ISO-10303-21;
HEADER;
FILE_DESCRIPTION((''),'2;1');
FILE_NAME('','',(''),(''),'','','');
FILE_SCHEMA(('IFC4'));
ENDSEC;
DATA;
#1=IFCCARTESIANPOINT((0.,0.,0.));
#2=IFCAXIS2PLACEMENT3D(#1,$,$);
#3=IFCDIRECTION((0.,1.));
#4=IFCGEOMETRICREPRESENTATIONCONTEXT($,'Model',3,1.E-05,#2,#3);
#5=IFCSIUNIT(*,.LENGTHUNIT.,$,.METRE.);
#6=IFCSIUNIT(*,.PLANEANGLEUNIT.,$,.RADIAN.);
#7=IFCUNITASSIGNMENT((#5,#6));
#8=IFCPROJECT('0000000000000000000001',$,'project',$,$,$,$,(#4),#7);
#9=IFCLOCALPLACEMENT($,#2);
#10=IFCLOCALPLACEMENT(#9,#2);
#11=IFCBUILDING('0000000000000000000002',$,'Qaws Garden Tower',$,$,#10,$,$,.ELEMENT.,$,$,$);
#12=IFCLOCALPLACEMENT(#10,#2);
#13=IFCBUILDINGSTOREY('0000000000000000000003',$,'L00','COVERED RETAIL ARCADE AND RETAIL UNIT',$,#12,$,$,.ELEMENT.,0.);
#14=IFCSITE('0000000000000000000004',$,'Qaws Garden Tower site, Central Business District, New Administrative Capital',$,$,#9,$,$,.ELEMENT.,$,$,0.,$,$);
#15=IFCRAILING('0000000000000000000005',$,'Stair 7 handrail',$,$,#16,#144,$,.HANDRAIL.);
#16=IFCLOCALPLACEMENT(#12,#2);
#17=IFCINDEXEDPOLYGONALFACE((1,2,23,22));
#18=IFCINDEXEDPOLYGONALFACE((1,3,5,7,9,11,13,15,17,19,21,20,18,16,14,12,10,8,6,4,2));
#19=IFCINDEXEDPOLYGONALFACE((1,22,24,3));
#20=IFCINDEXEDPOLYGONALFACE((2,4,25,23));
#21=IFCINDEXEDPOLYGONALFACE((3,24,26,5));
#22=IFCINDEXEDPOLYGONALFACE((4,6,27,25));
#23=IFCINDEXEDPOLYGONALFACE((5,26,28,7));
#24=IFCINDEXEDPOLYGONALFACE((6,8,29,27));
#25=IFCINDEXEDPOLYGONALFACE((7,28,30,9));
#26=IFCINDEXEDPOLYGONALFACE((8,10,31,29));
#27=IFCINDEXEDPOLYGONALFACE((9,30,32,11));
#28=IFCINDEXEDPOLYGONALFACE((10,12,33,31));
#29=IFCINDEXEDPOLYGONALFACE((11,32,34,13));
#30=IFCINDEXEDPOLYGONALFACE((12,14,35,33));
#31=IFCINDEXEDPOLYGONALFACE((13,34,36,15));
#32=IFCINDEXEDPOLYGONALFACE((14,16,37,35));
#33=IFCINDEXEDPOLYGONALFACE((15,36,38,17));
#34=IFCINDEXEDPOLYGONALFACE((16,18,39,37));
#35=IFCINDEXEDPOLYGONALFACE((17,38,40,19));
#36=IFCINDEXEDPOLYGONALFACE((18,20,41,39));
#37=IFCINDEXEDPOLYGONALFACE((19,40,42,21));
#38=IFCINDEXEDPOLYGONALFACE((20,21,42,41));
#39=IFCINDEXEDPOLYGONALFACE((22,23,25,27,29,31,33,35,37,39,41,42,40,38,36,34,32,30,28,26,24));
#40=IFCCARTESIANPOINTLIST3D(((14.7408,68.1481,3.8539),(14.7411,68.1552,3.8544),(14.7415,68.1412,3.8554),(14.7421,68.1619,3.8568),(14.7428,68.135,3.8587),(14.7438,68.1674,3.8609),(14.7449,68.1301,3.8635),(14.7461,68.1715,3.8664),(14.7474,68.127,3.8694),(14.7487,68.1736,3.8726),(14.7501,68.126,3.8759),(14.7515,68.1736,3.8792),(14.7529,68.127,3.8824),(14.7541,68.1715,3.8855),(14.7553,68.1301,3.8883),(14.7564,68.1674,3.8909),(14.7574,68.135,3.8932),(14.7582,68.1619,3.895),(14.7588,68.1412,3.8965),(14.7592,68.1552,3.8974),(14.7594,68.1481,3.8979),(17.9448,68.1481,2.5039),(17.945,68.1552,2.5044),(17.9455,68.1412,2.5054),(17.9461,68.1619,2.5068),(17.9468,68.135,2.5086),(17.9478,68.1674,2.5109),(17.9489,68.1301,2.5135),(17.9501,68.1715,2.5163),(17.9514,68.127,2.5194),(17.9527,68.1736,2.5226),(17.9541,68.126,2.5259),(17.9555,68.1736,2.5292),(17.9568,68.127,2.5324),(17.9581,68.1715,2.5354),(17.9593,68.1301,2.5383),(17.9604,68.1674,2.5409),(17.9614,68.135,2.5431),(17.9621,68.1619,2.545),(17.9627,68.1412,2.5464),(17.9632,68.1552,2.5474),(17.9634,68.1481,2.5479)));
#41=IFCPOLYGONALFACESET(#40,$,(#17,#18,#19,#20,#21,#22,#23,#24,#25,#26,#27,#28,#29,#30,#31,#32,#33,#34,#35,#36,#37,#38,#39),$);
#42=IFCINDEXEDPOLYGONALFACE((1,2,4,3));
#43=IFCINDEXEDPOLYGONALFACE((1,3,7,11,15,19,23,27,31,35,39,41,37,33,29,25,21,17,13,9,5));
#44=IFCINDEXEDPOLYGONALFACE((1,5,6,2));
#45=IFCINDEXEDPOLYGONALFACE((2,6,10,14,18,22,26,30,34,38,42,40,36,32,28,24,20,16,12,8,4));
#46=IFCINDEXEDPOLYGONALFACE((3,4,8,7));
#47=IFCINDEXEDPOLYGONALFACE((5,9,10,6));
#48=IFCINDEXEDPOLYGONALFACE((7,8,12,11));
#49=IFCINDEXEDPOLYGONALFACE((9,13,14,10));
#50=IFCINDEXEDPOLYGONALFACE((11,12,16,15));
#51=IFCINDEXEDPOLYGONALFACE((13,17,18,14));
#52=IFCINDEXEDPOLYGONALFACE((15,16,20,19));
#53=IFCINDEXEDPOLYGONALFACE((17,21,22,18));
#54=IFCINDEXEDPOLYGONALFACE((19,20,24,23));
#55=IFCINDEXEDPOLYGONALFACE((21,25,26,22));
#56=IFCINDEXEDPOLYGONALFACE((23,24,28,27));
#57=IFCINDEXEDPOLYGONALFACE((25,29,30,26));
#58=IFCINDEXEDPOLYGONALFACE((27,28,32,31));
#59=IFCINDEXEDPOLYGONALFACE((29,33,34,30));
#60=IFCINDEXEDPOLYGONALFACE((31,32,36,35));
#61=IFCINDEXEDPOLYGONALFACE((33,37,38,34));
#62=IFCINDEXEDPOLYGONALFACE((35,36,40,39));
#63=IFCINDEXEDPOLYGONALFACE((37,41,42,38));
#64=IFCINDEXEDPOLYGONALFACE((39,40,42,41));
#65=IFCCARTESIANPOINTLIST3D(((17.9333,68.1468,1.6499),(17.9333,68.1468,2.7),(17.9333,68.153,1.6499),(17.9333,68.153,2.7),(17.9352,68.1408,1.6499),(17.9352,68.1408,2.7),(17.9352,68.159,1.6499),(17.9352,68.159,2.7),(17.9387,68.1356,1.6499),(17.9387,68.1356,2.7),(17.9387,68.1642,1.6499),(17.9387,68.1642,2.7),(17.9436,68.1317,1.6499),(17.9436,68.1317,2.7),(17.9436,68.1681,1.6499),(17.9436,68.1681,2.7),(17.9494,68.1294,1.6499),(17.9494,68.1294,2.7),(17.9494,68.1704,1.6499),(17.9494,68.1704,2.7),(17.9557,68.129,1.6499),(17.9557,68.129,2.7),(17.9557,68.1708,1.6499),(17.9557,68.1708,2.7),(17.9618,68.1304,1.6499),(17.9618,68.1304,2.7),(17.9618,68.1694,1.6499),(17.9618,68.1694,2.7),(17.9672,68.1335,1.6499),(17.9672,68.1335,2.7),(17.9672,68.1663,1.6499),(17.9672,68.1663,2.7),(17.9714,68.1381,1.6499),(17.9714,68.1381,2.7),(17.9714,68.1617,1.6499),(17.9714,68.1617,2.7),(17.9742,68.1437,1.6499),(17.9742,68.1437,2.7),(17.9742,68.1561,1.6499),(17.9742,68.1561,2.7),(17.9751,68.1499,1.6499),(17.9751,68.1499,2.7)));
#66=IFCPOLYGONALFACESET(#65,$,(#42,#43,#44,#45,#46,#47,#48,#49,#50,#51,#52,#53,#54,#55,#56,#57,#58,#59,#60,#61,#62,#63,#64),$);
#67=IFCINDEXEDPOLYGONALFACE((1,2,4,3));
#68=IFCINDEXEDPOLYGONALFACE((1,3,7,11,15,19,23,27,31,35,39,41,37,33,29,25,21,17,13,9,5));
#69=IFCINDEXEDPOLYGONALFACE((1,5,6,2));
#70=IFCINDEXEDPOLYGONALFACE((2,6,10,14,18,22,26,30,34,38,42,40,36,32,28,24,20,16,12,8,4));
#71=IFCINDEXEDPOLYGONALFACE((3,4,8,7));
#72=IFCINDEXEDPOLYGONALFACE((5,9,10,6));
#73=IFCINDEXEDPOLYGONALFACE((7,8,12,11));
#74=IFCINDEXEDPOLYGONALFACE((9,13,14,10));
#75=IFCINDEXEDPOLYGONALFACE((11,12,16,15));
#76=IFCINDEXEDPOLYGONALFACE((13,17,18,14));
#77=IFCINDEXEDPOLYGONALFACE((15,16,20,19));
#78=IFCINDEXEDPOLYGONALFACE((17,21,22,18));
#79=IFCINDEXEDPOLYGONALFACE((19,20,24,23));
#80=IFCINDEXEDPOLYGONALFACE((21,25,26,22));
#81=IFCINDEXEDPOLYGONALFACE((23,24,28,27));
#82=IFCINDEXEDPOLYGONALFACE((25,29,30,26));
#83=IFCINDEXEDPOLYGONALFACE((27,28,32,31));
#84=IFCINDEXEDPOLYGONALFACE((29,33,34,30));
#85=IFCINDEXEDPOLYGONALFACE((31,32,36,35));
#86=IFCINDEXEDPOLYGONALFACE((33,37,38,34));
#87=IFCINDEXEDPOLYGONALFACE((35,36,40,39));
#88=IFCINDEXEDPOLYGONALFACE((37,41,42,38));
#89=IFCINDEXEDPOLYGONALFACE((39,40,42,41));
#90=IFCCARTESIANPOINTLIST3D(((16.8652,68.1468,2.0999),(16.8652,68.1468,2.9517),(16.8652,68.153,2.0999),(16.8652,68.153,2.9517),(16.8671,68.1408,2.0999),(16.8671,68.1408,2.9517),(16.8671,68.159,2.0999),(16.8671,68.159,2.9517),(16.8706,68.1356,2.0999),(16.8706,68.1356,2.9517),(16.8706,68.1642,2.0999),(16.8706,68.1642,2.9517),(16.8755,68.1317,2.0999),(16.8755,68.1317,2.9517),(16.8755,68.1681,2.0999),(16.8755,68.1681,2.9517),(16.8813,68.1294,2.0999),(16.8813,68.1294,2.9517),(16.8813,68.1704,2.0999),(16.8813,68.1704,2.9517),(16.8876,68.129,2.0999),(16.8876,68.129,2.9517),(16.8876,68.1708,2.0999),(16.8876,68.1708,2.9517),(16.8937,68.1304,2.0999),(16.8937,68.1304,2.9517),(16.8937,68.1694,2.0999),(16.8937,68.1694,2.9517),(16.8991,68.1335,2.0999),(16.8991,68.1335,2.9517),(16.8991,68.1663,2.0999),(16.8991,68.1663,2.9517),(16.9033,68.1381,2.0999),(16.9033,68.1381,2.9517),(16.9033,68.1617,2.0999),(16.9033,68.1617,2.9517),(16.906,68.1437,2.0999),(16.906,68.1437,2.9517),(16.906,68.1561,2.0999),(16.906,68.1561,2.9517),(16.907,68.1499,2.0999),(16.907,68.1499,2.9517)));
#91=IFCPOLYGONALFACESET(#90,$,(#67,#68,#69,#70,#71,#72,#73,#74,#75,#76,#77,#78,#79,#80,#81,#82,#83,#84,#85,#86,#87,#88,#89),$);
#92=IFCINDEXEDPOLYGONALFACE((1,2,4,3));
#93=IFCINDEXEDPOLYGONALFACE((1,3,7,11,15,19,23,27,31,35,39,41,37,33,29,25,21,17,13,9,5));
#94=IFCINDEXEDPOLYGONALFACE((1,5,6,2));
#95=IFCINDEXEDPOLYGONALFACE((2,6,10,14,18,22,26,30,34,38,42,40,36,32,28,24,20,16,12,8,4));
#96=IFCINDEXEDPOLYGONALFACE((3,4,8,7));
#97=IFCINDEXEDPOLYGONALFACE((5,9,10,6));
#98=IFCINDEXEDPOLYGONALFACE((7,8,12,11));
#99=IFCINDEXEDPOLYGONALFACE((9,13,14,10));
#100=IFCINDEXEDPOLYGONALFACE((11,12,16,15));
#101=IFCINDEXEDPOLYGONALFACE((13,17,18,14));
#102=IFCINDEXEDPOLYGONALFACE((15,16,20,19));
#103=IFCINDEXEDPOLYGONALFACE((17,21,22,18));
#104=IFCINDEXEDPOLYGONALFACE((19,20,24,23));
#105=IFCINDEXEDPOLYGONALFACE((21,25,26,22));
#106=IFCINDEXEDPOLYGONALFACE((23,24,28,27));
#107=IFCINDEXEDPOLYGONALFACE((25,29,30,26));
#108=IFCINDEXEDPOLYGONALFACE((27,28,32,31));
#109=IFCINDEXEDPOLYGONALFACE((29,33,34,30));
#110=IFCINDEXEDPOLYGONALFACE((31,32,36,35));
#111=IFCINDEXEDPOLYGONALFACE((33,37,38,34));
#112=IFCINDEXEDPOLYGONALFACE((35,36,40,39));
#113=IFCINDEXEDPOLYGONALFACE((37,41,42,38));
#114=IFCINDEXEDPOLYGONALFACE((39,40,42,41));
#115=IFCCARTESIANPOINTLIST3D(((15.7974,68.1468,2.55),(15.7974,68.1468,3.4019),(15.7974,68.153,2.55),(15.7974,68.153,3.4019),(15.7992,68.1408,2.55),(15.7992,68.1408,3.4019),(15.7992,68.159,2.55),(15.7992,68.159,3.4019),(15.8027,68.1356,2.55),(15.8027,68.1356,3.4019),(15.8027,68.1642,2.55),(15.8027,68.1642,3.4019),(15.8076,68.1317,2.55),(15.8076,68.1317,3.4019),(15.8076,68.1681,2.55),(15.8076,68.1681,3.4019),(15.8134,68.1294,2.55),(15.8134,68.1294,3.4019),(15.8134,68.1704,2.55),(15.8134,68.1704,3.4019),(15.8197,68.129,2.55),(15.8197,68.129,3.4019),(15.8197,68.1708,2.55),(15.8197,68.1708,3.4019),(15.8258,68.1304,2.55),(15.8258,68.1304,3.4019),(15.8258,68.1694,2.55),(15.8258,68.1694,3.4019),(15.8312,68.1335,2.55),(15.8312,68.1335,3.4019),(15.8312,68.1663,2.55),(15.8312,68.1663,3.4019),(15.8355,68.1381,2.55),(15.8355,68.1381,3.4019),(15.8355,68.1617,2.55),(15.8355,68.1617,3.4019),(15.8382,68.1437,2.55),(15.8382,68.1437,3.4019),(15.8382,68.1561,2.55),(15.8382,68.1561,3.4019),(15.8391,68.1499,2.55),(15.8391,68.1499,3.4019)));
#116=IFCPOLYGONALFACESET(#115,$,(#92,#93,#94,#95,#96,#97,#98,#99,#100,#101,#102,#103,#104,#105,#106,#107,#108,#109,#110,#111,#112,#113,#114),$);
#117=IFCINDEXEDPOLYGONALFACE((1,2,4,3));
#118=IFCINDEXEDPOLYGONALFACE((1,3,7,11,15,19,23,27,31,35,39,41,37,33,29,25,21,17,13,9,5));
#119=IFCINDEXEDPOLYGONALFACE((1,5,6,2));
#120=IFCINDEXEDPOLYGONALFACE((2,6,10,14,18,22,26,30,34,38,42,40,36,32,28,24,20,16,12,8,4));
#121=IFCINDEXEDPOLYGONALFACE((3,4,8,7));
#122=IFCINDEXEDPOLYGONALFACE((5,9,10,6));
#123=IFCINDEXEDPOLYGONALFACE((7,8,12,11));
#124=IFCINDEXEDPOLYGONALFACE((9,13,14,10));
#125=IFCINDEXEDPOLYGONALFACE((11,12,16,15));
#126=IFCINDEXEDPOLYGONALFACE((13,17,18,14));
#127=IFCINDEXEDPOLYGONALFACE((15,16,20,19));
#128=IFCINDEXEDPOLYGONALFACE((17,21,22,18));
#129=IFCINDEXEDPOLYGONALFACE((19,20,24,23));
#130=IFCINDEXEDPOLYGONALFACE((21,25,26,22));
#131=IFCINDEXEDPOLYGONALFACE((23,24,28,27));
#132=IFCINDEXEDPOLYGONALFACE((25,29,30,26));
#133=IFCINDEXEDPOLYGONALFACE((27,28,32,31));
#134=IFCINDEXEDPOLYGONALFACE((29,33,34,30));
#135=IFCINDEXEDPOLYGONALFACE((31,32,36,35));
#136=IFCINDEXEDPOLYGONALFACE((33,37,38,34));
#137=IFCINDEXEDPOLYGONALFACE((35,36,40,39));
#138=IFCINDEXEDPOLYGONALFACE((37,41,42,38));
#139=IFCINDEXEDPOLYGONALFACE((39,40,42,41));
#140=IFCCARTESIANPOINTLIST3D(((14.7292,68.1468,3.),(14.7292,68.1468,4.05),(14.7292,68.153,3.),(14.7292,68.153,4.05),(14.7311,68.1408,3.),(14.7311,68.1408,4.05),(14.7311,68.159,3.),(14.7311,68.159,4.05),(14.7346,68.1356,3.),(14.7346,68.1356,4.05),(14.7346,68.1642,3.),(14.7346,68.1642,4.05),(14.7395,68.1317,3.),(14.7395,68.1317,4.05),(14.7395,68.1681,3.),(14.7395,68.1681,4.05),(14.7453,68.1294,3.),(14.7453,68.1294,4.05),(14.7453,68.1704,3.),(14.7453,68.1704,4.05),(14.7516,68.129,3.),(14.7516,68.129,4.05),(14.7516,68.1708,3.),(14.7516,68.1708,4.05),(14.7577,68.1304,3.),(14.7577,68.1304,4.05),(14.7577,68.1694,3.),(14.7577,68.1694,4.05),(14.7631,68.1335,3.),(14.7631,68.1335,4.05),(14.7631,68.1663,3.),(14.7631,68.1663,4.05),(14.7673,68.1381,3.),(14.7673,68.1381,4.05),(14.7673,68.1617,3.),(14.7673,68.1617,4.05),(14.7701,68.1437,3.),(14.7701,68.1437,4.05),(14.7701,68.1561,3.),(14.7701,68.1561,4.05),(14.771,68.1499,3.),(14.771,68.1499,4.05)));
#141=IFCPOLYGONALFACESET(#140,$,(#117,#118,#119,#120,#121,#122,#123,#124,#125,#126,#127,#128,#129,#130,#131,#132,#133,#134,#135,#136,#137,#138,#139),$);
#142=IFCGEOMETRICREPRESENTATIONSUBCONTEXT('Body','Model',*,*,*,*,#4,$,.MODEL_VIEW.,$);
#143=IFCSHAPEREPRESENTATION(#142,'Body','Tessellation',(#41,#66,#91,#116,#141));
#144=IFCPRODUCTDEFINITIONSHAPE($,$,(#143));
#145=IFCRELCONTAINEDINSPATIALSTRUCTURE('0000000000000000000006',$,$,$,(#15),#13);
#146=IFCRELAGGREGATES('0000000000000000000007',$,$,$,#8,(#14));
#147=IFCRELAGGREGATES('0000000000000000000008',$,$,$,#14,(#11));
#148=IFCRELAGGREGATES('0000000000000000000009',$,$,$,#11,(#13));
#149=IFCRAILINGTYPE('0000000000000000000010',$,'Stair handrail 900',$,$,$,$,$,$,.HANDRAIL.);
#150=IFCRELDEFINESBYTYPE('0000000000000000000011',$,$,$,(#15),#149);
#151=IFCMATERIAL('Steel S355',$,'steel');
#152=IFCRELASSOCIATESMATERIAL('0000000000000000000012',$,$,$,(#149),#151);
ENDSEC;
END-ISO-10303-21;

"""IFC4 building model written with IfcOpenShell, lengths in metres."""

from ifc_helpers import new_model, si_unit, direction, frame, origin, origin_2d, place, context, subcontext, project, spatial, circle, extrude, material, type_object, element, save


model = new_model("IFC4")

# Units and contexts
model_context = context("Model", 3, precision=1e-05, world=origin(), true_north=direction((0.0, 1.0)))
body_context = subcontext(model_context, "Body", "Model", "MODEL_VIEW")
ifc_project = project(units=[si_unit("LENGTHUNIT", "METRE"), si_unit("PLANEANGLEUNIT", "RADIAN")], contexts=[model_context])

# Site, building, storey
site_placement = place(None, origin())
site = spatial("IfcSite", under=ifc_project, at=site_placement, Name="Qaws Garden Tower site, Central Business District, New Administrative Capital", CompositionType="ELEMENT", RefElevation=0.0)
building_placement = place(site_placement, origin())
building = spatial("IfcBuilding", under=site, at=building_placement, Name="Qaws Garden Tower", CompositionType="ELEMENT")
storey_placement = place(building_placement, origin())
storey = spatial("IfcBuildingStorey", under=building, at=storey_placement, Name="L00", Description="COVERED RETAIL ARCADE AND RETAIL UNIT", CompositionType="ELEMENT", Elevation=0.0)

# Railing
ifc_material_1 = material(Name="Steel S355", Category="steel")
railing_type = type_object("IfcRailingType", Name="Stair handrail 900", PredefinedType="HANDRAIL", material=ifc_material_1)
railing_1_placement = place(storey_placement, frame((17.9541, 68.1499, 1.6499)))
element("IfcRailing", 1, at=railing_1_placement, inside=storey, type_object=railing_type, Name="Stair 7 handrail", PredefinedType="HANDRAIL", context=body_context, shape_type="SweptSolid", body=[
    extrude(circle(Radius=0.0239, at=origin_2d()), frame((0.0, 0.0, 0.876), z_axis=(-0.921532, 0.0, 0.388302), x_axis=(0.0, -1.0, 0.0)), (0.0, 0.0, 1.0), 3.4768),
    extrude(circle(Radius=0.021, at=origin_2d()), origin(), (0.0, 0.0, 1.0), 1.05),
    extrude(circle(Radius=0.021, at=origin_2d()), frame((-1.0681, 0.0, 0.45)), (0.0, 0.0, 1.0), 0.8518),
    extrude(circle(Radius=0.021, at=origin_2d()), frame((-2.136, 0.0, 0.9001)), (0.0, 0.0, 1.0), 0.8518),
    extrude(circle(Radius=0.021, at=origin_2d()), frame((-3.2041, 0.0, 1.3501)), (0.0, 0.0, 1.0), 1.05),
])

save(model, "model.ifc")
